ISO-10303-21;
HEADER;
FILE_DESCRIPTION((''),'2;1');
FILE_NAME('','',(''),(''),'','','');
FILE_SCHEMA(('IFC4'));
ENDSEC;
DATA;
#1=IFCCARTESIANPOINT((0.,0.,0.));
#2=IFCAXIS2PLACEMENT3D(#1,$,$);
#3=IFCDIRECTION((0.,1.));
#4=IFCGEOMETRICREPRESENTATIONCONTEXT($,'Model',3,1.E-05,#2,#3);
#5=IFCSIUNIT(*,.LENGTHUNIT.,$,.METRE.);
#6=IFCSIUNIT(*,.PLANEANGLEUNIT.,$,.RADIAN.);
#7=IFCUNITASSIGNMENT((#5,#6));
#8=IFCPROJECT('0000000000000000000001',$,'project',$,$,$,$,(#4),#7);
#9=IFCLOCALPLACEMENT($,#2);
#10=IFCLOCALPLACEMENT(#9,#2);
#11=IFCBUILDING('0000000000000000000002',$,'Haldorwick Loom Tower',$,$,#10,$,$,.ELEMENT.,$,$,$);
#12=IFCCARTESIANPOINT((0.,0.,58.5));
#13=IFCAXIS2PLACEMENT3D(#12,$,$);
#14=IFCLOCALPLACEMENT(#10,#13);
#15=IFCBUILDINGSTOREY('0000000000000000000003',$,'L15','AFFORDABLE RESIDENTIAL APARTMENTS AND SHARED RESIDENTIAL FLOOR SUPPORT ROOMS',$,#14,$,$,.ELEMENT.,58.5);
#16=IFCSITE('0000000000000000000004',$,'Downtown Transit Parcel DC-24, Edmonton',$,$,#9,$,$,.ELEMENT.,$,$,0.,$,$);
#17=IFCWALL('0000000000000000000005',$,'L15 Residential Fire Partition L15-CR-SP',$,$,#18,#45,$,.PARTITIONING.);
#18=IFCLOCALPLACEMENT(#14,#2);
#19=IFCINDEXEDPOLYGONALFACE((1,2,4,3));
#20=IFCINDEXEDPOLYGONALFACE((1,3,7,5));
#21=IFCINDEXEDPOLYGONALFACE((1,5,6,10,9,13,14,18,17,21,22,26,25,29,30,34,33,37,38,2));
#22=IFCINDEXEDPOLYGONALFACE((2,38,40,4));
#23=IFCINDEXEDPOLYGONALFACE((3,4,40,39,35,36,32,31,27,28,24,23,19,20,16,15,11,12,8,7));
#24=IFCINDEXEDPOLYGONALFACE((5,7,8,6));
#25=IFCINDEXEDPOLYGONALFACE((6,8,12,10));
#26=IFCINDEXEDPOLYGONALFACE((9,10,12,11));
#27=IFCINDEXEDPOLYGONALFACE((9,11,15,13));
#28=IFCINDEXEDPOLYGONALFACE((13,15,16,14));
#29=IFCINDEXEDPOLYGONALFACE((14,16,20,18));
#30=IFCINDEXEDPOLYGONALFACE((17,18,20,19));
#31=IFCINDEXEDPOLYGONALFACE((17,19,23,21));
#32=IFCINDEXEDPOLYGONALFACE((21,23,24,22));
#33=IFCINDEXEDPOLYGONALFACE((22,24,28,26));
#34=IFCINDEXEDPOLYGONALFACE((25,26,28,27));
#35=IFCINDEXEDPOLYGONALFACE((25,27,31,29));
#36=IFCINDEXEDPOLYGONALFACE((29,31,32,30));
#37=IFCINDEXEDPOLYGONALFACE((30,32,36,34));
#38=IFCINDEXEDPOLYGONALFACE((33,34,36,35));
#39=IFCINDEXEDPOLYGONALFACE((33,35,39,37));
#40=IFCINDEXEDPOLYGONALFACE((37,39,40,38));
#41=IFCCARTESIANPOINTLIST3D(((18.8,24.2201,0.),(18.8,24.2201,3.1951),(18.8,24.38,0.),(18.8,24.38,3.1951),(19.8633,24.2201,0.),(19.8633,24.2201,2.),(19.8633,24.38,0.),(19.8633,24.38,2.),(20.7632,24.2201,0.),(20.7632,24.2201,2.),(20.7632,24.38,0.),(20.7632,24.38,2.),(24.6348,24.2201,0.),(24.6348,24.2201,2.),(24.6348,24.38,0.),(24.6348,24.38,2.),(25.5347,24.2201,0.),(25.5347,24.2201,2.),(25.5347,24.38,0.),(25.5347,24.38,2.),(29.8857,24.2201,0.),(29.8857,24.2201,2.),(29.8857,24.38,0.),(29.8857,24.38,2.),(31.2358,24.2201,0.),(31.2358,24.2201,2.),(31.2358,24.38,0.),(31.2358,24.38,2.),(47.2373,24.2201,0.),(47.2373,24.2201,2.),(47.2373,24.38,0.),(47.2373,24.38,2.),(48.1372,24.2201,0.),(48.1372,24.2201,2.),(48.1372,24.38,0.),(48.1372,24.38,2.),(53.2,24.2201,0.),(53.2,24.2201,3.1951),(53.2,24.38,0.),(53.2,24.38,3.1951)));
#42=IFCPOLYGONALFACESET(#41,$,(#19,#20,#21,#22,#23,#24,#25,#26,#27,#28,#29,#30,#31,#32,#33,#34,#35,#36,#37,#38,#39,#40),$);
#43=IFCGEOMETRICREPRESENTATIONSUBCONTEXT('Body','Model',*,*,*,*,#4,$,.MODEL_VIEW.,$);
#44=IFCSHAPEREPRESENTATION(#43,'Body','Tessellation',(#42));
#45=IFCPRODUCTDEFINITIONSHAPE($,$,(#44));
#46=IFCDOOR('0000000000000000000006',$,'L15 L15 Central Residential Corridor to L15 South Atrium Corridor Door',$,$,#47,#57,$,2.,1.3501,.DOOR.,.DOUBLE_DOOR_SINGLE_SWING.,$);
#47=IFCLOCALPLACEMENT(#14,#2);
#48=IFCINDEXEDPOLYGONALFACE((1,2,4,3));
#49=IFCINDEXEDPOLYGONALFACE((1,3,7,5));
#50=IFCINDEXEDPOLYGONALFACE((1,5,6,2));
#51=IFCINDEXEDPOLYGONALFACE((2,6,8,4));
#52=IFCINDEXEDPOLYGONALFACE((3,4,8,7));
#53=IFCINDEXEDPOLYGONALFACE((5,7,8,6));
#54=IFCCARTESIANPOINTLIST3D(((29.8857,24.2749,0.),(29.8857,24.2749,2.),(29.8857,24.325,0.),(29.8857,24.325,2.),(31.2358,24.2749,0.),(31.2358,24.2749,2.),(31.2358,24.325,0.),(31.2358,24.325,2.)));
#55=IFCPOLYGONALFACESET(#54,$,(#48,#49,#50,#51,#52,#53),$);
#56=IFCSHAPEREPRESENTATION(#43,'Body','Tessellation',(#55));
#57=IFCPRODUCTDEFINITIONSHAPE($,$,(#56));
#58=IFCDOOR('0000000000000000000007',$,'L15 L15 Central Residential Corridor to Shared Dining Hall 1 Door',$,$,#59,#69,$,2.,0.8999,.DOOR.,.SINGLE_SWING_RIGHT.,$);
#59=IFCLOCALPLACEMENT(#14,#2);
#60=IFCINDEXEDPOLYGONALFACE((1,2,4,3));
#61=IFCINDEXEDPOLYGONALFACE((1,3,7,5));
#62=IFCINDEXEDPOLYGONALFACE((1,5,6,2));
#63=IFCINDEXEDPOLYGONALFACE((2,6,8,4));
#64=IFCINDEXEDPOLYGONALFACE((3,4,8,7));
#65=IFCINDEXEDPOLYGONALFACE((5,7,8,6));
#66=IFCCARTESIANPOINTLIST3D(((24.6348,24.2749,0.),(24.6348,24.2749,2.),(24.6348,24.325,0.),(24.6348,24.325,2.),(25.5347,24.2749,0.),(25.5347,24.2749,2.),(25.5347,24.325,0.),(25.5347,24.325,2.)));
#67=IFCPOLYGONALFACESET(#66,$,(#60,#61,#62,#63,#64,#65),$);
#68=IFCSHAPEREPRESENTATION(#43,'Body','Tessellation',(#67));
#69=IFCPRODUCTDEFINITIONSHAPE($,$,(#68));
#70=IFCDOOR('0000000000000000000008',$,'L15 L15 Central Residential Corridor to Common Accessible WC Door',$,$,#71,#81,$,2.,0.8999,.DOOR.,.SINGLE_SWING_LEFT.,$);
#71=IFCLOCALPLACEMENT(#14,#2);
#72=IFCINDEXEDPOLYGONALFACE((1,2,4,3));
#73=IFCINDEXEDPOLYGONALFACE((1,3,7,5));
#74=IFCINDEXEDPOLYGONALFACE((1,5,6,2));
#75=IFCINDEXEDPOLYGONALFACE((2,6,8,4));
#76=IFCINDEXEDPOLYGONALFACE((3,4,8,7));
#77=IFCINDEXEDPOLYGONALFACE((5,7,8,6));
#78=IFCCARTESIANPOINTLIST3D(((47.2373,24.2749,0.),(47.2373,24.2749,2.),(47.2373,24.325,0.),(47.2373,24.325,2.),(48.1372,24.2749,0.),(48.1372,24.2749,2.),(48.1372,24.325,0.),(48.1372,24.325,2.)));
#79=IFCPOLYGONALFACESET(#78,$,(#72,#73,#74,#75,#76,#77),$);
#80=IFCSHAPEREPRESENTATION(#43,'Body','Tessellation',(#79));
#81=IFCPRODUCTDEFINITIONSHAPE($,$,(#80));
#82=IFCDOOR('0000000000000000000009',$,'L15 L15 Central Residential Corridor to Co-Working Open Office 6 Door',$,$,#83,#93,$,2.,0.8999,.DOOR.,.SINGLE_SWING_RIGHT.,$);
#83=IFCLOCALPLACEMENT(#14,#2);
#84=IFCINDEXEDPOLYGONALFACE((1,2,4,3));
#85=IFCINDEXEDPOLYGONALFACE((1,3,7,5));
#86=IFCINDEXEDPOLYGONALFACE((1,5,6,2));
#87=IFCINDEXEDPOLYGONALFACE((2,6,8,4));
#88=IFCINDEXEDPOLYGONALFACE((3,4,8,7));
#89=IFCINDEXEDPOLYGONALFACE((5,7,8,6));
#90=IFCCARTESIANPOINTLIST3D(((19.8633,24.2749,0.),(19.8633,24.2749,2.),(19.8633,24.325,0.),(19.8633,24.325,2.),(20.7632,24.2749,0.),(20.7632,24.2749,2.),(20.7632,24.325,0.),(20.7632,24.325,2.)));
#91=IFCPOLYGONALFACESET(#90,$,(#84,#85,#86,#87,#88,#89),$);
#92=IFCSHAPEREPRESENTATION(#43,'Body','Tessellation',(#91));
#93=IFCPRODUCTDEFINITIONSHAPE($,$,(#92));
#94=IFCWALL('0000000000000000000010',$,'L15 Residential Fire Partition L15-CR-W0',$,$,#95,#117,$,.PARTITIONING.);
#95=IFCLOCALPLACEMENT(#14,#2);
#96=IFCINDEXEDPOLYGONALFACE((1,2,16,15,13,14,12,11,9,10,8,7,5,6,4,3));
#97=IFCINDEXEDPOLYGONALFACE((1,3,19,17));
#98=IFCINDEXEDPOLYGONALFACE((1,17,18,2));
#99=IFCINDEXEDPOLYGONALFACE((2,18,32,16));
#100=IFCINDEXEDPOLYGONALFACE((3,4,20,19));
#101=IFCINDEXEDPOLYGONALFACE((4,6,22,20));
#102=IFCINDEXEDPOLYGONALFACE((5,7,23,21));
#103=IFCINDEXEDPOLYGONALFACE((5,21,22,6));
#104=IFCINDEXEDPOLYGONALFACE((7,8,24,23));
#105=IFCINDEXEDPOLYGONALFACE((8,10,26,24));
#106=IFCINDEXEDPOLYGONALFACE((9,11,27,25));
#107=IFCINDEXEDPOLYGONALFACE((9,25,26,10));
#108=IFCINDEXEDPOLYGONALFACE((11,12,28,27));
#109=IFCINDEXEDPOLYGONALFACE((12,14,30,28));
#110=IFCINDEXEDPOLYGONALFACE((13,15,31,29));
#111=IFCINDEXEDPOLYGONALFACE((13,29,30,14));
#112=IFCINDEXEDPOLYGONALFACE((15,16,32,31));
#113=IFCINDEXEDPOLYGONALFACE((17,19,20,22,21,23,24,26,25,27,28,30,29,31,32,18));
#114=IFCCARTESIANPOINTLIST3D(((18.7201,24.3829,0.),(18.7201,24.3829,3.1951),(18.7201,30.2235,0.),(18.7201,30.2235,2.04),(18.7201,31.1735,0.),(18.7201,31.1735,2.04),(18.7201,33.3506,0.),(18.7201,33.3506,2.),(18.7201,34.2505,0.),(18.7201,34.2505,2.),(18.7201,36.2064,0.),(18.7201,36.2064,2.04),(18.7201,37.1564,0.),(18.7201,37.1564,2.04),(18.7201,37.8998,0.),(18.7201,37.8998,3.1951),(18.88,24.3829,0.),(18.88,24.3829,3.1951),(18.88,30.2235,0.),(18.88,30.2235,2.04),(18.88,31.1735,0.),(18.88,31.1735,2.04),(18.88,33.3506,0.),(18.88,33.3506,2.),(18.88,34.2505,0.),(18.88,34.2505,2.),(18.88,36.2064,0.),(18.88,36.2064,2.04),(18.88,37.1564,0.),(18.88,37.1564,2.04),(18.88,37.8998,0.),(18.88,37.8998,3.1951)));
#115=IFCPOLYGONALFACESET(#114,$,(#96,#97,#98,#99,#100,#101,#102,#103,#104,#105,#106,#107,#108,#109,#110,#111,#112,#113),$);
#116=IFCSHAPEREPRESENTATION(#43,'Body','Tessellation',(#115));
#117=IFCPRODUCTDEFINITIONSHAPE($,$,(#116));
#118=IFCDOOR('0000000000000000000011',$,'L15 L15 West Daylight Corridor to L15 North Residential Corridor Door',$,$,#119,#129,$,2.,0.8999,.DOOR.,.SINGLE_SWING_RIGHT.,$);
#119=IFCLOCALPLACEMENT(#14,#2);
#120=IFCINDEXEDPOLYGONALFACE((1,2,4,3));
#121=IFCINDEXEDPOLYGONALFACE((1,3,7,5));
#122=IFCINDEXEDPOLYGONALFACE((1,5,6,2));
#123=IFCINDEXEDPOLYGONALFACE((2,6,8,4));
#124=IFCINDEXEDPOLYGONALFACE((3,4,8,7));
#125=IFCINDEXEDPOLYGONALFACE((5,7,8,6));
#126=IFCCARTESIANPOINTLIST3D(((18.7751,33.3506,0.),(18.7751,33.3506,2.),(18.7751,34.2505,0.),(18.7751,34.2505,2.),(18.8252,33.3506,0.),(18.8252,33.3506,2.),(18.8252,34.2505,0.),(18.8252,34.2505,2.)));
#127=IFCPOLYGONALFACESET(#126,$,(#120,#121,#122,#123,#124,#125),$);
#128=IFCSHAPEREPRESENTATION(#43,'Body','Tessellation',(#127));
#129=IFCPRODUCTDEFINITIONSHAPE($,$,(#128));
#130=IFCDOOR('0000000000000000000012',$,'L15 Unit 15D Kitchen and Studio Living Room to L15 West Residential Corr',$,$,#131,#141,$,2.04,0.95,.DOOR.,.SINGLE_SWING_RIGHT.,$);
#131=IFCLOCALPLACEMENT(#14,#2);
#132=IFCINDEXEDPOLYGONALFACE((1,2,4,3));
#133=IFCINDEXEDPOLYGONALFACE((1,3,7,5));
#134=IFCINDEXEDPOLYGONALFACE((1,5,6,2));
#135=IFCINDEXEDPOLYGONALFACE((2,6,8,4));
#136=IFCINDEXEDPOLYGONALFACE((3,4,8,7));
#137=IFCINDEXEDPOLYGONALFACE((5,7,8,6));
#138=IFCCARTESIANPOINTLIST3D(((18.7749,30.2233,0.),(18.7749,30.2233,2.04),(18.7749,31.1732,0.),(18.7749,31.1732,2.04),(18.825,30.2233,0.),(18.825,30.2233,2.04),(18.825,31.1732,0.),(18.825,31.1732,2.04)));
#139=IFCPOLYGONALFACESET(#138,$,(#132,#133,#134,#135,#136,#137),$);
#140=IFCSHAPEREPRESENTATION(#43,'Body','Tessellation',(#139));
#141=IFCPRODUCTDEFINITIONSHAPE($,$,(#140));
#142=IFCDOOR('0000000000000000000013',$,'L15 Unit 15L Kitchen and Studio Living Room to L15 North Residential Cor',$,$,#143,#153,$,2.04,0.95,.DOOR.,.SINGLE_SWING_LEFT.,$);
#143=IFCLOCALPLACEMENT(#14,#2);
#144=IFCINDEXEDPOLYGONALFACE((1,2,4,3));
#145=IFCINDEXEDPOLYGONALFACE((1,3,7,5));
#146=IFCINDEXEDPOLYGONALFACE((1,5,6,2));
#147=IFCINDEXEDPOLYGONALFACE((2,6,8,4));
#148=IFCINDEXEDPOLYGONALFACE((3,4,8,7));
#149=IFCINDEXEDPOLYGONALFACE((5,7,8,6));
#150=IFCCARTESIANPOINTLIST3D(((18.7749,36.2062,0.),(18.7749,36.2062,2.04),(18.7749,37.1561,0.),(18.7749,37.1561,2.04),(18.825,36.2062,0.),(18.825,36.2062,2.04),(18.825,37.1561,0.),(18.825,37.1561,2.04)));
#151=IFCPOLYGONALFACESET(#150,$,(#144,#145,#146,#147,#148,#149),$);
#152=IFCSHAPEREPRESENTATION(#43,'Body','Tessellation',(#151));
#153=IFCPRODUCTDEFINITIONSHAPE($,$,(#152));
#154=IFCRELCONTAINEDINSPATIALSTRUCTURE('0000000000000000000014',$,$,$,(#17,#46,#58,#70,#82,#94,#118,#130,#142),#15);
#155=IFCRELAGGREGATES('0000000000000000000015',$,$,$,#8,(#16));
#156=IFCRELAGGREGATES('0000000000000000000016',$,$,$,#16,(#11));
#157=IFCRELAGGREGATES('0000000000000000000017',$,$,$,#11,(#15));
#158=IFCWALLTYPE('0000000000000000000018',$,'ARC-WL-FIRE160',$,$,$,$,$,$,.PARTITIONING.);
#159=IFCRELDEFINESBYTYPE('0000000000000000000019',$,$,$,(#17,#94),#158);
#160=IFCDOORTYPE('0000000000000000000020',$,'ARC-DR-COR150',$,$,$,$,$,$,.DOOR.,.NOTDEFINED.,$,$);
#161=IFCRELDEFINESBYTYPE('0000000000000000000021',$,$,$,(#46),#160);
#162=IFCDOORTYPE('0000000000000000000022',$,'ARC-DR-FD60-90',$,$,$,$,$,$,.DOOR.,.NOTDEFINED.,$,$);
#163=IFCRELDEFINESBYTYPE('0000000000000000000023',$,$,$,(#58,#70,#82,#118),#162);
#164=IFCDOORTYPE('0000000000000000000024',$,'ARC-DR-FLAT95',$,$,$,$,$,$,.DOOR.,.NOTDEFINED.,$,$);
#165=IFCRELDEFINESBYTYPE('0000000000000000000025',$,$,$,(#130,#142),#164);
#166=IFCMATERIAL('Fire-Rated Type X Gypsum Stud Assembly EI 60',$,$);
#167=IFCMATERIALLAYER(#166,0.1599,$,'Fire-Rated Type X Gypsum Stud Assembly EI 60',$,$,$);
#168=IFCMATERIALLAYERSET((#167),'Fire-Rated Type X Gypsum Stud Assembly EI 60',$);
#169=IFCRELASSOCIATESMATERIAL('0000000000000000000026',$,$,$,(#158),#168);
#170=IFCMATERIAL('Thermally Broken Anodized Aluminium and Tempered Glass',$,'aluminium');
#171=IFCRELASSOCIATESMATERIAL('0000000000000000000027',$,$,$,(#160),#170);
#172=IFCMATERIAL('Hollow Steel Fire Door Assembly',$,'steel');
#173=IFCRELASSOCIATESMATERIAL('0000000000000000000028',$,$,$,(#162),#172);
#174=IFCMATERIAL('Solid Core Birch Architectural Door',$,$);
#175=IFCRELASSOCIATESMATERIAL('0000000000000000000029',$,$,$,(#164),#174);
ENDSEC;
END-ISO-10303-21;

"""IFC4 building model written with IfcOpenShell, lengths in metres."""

from ifc_helpers import new_model, si_unit, direction, frame, frame_2d, origin, place, context, subcontext, project, spatial, rectangle, extrude, material, layer, layer_set, type_object, element, fill, save


model = new_model("IFC4")

# Units and contexts
model_context = context("Model", 3, precision=1e-05, world=origin(), true_north=direction((0.0, 1.0)))
body_context = subcontext(model_context, "Body", "Model", "MODEL_VIEW")
ifc_project = project(units=[si_unit("LENGTHUNIT", "METRE"), si_unit("PLANEANGLEUNIT", "RADIAN")], contexts=[model_context])

# Site, building, storey
site_placement = place(None, origin())
site = spatial("IfcSite", under=ifc_project, at=site_placement, Name="Downtown Transit Parcel DC-24, Edmonton", CompositionType="ELEMENT", RefElevation=0.0)
building_placement = place(site_placement, origin())
building = spatial("IfcBuilding", under=site, at=building_placement, Name="Haldorwick Loom Tower", CompositionType="ELEMENT")
storey_placement = place(building_placement, frame((0.0, 0.0, 58.5)))
storey = spatial("IfcBuildingStorey", under=building, at=storey_placement, Name="L15", Description="AFFORDABLE RESIDENTIAL APARTMENTS AND SHARED RESIDENTIAL FLOOR SUPPORT ROOMS", CompositionType="ELEMENT", Elevation=58.5)

# Walls, openings, doors
ifc_material_1 = material(Name="Fire-Rated Type X Gypsum Stud Assembly EI 60")
ifc_layer_1 = layer(ifc_material_1, 0.1599, Name="Fire-Rated Type X Gypsum Stud Assembly EI 60")
ifc_layer_set_1 = layer_set([ifc_layer_1], Name="Fire-Rated Type X Gypsum Stud Assembly EI 60")
wall_type_1 = type_object("IfcWallType", Name="ARC-WL-FIRE160", PredefinedType="PARTITIONING", material=ifc_layer_set_1)
wall_1_placement = place(storey_placement, frame((18.8, 24.3, 0.0), z_axis=(0.0, 0.0, 1.0), x_axis=(1.0, 0.0, 0.0)))
wall_1 = element("IfcWall", 1, at=wall_1_placement, inside=storey, type_object=wall_type_1, Name="L15 Residential Fire Partition L15-CR-SP", PredefinedType="PARTITIONING", context=body_context, shape_type="SweptSolid", body=[
    extrude(rectangle(XDim=34.3999, YDim=0.1599, at=frame_2d((17.2, 0.0))), origin(), (0.0, 0.0, 1.0), 3.1951),
])
opening_1_placement = place(wall_1_placement, frame((11.0857, 0.0, 0.0)))
opening_1 = element("IfcOpeningElement", 2, at=opening_1_placement, cuts=wall_1, PredefinedType="OPENING", context=body_context, shape_type="SweptSolid", body=[
    extrude(rectangle(XDim=1.3501, YDim=2.0, at=frame_2d((0.675, 1.0))), frame((0.0, 0.0898, 0.0), z_axis=(0.0, -1.0, 0.0), x_axis=(1.0, 0.0, 0.0)), (0.0, 0.0, 1.0), 0.1799),
])
opening_2_placement = place(wall_1_placement, frame((5.8347, 0.0, 0.0)))
opening_2 = element("IfcOpeningElement", 3, at=opening_2_placement, cuts=wall_1, PredefinedType="OPENING", context=body_context, shape_type="SweptSolid", body=[
    extrude(rectangle(XDim=0.8999, YDim=2.0, at=frame_2d((0.45, 1.0))), frame((0.0, 0.0898, 0.0), z_axis=(0.0, -1.0, 0.0), x_axis=(1.0, 0.0, 0.0)), (0.0, 0.0, 1.0), 0.1799),
])
opening_3_placement = place(wall_1_placement, frame((28.4373, 0.0, 0.0)))
opening_3 = element("IfcOpeningElement", 4, at=opening_3_placement, cuts=wall_1, PredefinedType="OPENING", context=body_context, shape_type="SweptSolid", body=[
    extrude(rectangle(XDim=0.8999, YDim=2.0, at=frame_2d((0.45, 1.0))), frame((0.0, 0.0898, 0.0), z_axis=(0.0, -1.0, 0.0), x_axis=(1.0, 0.0, 0.0)), (0.0, 0.0, 1.0), 0.1799),
])
opening_4_placement = place(wall_1_placement, frame((1.0632, 0.0, 0.0)))
opening_4 = element("IfcOpeningElement", 5, at=opening_4_placement, cuts=wall_1, PredefinedType="OPENING", context=body_context, shape_type="SweptSolid", body=[
    extrude(rectangle(XDim=0.8999, YDim=2.0, at=frame_2d((0.45, 1.0))), frame((0.0, 0.0898, 0.0), z_axis=(0.0, -1.0, 0.0), x_axis=(1.0, 0.0, 0.0)), (0.0, 0.0, 1.0), 0.1799),
])
ifc_material_2 = material(Name="Thermally Broken Anodized Aluminium and Tempered Glass", Category="aluminium")
door_type_1 = type_object("IfcDoorType", Name="ARC-DR-COR150", OperationType="NOTDEFINED", PredefinedType="DOOR", material=ifc_material_2)
door_1_placement = place(opening_1_placement, origin())
door_1 = element("IfcDoor", 6, at=door_1_placement, inside=storey, type_object=door_type_1, Name="L15 L15 Central Residential Corridor to L15 South Atrium Corridor Door", OperationType="DOUBLE_DOOR_SINGLE_SWING", OverallHeight=2.0, OverallWidth=1.3501, PredefinedType="DOOR", context=body_context, shape_type="SweptSolid", body=[
    extrude(rectangle(XDim=1.3501, YDim=2.0, at=frame_2d((0.675, 1.0))), frame((0.0, 0.0249, 0.0), z_axis=(0.0, -1.0, 0.0), x_axis=(1.0, 0.0, 0.0)), (0.0, 0.0, 1.0), 0.05),
])
fill(opening_1, door_1)
ifc_material_3 = material(Name="Hollow Steel Fire Door Assembly", Category="steel")
door_type_2 = type_object("IfcDoorType", Name="ARC-DR-FD60-90", OperationType="NOTDEFINED", PredefinedType="DOOR", material=ifc_material_3)
door_2_placement = place(opening_2_placement, origin())
door_2 = element("IfcDoor", 7, at=door_2_placement, inside=storey, type_object=door_type_2, Name="L15 L15 Central Residential Corridor to Shared Dining Hall 1 Door", OperationType="SINGLE_SWING_RIGHT", OverallHeight=2.0, OverallWidth=0.8999, PredefinedType="DOOR", context=body_context, shape_type="SweptSolid", body=[
    extrude(rectangle(XDim=0.8999, YDim=2.0, at=frame_2d((0.45, 1.0))), frame((0.0, 0.0249, 0.0), z_axis=(0.0, -1.0, 0.0), x_axis=(1.0, 0.0, 0.0)), (0.0, 0.0, 1.0), 0.05),
])
fill(opening_2, door_2)
door_3_placement = place(opening_3_placement, origin())
door_3 = element("IfcDoor", 8, at=door_3_placement, inside=storey, type_object=door_type_2, Name="L15 L15 Central Residential Corridor to Common Accessible WC Door", OperationType="SINGLE_SWING_LEFT", OverallHeight=2.0, OverallWidth=0.8999, PredefinedType="DOOR", context=body_context, shape_type="SweptSolid", body=[
    extrude(rectangle(XDim=0.8999, YDim=2.0, at=frame_2d((0.45, 1.0))), frame((0.0, 0.0249, 0.0), z_axis=(0.0, -1.0, 0.0), x_axis=(1.0, 0.0, 0.0)), (0.0, 0.0, 1.0), 0.05),
])
fill(opening_3, door_3)
door_4_placement = place(opening_4_placement, origin())
door_4 = element("IfcDoor", 9, at=door_4_placement, inside=storey, type_object=door_type_2, Name="L15 L15 Central Residential Corridor to Co-Working Open Office 6 Door", OperationType="SINGLE_SWING_RIGHT", OverallHeight=2.0, OverallWidth=0.8999, PredefinedType="DOOR", context=body_context, shape_type="SweptSolid", body=[
    extrude(rectangle(XDim=0.8999, YDim=2.0, at=frame_2d((0.45, 1.0))), frame((0.0, 0.0249, 0.0), z_axis=(0.0, -1.0, 0.0), x_axis=(1.0, 0.0, 0.0)), (0.0, 0.0, 1.0), 0.05),
])
fill(opening_4, door_4)
wall_2_placement = place(storey_placement, frame((18.8, 24.3831, 0.0), z_axis=(0.0, 0.0, 1.0), x_axis=(0.0, 1.0, 0.0)))
wall_2 = element("IfcWall", 10, at=wall_2_placement, inside=storey, type_object=wall_type_1, Name="L15 Residential Fire Partition L15-CR-W0", PredefinedType="PARTITIONING", context=body_context, shape_type="SweptSolid", body=[
    extrude(rectangle(XDim=13.5168, YDim=0.1599, at=frame_2d((6.7583, 0.0))), origin(), (0.0, 0.0, 1.0), 3.1951),
])
opening_5_placement = place(wall_2_placement, frame((8.9675, 0.0, 0.0)))
opening_5 = element("IfcOpeningElement", 11, at=opening_5_placement, cuts=wall_2, PredefinedType="OPENING", context=body_context, shape_type="SweptSolid", body=[
    extrude(rectangle(XDim=0.8999, YDim=2.0, at=frame_2d((0.45, 1.0))), frame((0.0, 0.0898, 0.0), z_axis=(0.0, -1.0, 0.0), x_axis=(1.0, 0.0, 0.0)), (0.0, 0.0, 1.0), 0.1799),
])
opening_6_placement = place(wall_2_placement, frame((5.8403, 0.0, 0.0)))
opening_6 = element("IfcOpeningElement", 12, at=opening_6_placement, cuts=wall_2, PredefinedType="OPENING", context=body_context, shape_type="SweptSolid", body=[
    extrude(rectangle(XDim=0.95, YDim=2.04, at=frame_2d((0.4751, 1.02))), frame((0.0, 0.0898, 0.0), z_axis=(0.0, -1.0, 0.0), x_axis=(1.0, 0.0, 0.0)), (0.0, 0.0, 1.0), 0.1799),
])
opening_7_placement = place(wall_2_placement, frame((11.8232, 0.0, 0.0)))
opening_7 = element("IfcOpeningElement", 13, at=opening_7_placement, cuts=wall_2, PredefinedType="OPENING", context=body_context, shape_type="SweptSolid", body=[
    extrude(rectangle(XDim=0.95, YDim=2.04, at=frame_2d((0.4751, 1.02))), frame((0.0, 0.0898, 0.0), z_axis=(0.0, -1.0, 0.0), x_axis=(1.0, 0.0, 0.0)), (0.0, 0.0, 1.0), 0.1799),
])
door_5_placement = place(opening_5_placement, origin())
door_5 = element("IfcDoor", 14, at=door_5_placement, inside=storey, type_object=door_type_2, Name="L15 L15 West Daylight Corridor to L15 North Residential Corridor Door", OperationType="SINGLE_SWING_RIGHT", OverallHeight=2.0, OverallWidth=0.8999, PredefinedType="DOOR", context=body_context, shape_type="SweptSolid", body=[
    extrude(rectangle(XDim=0.8999, YDim=2.0, at=frame_2d((0.45, 1.0))), frame((0.0, 0.0249, 0.0), z_axis=(0.0, -1.0, 0.0), x_axis=(1.0, 0.0, 0.0)), (0.0, 0.0, 1.0), 0.05),
])
fill(opening_5, door_5)
ifc_material_4 = material(Name="Solid Core Birch Architectural Door")
door_type_3 = type_object("IfcDoorType", Name="ARC-DR-FLAT95", OperationType="NOTDEFINED", PredefinedType="DOOR", material=ifc_material_4)
door_6_placement = place(opening_6_placement, frame((0.95, 0.0, 0.0), z_axis=(0.0, 0.0, 1.0), x_axis=(-1.0, 0.0, 0.0)))
door_6 = element("IfcDoor", 15, at=door_6_placement, inside=storey, type_object=door_type_3, Name="L15 Unit 15D Kitchen and Studio Living Room to L15 West Residential Corr", OperationType="SINGLE_SWING_RIGHT", OverallHeight=2.04, OverallWidth=0.95, PredefinedType="DOOR", context=body_context, shape_type="SweptSolid", body=[
    extrude(rectangle(XDim=0.95, YDim=2.04, at=frame_2d((0.4751, 1.02))), frame((0.0, 0.0249, 0.0), z_axis=(0.0, -1.0, 0.0), x_axis=(1.0, 0.0, 0.0)), (0.0, 0.0, 1.0), 0.05),
])
fill(opening_6, door_6)
door_7_placement = place(opening_7_placement, frame((0.95, 0.0, 0.0), z_axis=(0.0, 0.0, 1.0), x_axis=(-1.0, 0.0, 0.0)))
door_7 = element("IfcDoor", 16, at=door_7_placement, inside=storey, type_object=door_type_3, Name="L15 Unit 15L Kitchen and Studio Living Room to L15 North Residential Cor", OperationType="SINGLE_SWING_LEFT", OverallHeight=2.04, OverallWidth=0.95, PredefinedType="DOOR", context=body_context, shape_type="SweptSolid", body=[
    extrude(rectangle(XDim=0.95, YDim=2.04, at=frame_2d((0.4751, 1.02))), frame((0.0, 0.0249, 0.0), z_axis=(0.0, -1.0, 0.0), x_axis=(1.0, 0.0, 0.0)), (0.0, 0.0, 1.0), 0.05),
])
fill(opening_7, door_7)

save(model, "model.ifc")
